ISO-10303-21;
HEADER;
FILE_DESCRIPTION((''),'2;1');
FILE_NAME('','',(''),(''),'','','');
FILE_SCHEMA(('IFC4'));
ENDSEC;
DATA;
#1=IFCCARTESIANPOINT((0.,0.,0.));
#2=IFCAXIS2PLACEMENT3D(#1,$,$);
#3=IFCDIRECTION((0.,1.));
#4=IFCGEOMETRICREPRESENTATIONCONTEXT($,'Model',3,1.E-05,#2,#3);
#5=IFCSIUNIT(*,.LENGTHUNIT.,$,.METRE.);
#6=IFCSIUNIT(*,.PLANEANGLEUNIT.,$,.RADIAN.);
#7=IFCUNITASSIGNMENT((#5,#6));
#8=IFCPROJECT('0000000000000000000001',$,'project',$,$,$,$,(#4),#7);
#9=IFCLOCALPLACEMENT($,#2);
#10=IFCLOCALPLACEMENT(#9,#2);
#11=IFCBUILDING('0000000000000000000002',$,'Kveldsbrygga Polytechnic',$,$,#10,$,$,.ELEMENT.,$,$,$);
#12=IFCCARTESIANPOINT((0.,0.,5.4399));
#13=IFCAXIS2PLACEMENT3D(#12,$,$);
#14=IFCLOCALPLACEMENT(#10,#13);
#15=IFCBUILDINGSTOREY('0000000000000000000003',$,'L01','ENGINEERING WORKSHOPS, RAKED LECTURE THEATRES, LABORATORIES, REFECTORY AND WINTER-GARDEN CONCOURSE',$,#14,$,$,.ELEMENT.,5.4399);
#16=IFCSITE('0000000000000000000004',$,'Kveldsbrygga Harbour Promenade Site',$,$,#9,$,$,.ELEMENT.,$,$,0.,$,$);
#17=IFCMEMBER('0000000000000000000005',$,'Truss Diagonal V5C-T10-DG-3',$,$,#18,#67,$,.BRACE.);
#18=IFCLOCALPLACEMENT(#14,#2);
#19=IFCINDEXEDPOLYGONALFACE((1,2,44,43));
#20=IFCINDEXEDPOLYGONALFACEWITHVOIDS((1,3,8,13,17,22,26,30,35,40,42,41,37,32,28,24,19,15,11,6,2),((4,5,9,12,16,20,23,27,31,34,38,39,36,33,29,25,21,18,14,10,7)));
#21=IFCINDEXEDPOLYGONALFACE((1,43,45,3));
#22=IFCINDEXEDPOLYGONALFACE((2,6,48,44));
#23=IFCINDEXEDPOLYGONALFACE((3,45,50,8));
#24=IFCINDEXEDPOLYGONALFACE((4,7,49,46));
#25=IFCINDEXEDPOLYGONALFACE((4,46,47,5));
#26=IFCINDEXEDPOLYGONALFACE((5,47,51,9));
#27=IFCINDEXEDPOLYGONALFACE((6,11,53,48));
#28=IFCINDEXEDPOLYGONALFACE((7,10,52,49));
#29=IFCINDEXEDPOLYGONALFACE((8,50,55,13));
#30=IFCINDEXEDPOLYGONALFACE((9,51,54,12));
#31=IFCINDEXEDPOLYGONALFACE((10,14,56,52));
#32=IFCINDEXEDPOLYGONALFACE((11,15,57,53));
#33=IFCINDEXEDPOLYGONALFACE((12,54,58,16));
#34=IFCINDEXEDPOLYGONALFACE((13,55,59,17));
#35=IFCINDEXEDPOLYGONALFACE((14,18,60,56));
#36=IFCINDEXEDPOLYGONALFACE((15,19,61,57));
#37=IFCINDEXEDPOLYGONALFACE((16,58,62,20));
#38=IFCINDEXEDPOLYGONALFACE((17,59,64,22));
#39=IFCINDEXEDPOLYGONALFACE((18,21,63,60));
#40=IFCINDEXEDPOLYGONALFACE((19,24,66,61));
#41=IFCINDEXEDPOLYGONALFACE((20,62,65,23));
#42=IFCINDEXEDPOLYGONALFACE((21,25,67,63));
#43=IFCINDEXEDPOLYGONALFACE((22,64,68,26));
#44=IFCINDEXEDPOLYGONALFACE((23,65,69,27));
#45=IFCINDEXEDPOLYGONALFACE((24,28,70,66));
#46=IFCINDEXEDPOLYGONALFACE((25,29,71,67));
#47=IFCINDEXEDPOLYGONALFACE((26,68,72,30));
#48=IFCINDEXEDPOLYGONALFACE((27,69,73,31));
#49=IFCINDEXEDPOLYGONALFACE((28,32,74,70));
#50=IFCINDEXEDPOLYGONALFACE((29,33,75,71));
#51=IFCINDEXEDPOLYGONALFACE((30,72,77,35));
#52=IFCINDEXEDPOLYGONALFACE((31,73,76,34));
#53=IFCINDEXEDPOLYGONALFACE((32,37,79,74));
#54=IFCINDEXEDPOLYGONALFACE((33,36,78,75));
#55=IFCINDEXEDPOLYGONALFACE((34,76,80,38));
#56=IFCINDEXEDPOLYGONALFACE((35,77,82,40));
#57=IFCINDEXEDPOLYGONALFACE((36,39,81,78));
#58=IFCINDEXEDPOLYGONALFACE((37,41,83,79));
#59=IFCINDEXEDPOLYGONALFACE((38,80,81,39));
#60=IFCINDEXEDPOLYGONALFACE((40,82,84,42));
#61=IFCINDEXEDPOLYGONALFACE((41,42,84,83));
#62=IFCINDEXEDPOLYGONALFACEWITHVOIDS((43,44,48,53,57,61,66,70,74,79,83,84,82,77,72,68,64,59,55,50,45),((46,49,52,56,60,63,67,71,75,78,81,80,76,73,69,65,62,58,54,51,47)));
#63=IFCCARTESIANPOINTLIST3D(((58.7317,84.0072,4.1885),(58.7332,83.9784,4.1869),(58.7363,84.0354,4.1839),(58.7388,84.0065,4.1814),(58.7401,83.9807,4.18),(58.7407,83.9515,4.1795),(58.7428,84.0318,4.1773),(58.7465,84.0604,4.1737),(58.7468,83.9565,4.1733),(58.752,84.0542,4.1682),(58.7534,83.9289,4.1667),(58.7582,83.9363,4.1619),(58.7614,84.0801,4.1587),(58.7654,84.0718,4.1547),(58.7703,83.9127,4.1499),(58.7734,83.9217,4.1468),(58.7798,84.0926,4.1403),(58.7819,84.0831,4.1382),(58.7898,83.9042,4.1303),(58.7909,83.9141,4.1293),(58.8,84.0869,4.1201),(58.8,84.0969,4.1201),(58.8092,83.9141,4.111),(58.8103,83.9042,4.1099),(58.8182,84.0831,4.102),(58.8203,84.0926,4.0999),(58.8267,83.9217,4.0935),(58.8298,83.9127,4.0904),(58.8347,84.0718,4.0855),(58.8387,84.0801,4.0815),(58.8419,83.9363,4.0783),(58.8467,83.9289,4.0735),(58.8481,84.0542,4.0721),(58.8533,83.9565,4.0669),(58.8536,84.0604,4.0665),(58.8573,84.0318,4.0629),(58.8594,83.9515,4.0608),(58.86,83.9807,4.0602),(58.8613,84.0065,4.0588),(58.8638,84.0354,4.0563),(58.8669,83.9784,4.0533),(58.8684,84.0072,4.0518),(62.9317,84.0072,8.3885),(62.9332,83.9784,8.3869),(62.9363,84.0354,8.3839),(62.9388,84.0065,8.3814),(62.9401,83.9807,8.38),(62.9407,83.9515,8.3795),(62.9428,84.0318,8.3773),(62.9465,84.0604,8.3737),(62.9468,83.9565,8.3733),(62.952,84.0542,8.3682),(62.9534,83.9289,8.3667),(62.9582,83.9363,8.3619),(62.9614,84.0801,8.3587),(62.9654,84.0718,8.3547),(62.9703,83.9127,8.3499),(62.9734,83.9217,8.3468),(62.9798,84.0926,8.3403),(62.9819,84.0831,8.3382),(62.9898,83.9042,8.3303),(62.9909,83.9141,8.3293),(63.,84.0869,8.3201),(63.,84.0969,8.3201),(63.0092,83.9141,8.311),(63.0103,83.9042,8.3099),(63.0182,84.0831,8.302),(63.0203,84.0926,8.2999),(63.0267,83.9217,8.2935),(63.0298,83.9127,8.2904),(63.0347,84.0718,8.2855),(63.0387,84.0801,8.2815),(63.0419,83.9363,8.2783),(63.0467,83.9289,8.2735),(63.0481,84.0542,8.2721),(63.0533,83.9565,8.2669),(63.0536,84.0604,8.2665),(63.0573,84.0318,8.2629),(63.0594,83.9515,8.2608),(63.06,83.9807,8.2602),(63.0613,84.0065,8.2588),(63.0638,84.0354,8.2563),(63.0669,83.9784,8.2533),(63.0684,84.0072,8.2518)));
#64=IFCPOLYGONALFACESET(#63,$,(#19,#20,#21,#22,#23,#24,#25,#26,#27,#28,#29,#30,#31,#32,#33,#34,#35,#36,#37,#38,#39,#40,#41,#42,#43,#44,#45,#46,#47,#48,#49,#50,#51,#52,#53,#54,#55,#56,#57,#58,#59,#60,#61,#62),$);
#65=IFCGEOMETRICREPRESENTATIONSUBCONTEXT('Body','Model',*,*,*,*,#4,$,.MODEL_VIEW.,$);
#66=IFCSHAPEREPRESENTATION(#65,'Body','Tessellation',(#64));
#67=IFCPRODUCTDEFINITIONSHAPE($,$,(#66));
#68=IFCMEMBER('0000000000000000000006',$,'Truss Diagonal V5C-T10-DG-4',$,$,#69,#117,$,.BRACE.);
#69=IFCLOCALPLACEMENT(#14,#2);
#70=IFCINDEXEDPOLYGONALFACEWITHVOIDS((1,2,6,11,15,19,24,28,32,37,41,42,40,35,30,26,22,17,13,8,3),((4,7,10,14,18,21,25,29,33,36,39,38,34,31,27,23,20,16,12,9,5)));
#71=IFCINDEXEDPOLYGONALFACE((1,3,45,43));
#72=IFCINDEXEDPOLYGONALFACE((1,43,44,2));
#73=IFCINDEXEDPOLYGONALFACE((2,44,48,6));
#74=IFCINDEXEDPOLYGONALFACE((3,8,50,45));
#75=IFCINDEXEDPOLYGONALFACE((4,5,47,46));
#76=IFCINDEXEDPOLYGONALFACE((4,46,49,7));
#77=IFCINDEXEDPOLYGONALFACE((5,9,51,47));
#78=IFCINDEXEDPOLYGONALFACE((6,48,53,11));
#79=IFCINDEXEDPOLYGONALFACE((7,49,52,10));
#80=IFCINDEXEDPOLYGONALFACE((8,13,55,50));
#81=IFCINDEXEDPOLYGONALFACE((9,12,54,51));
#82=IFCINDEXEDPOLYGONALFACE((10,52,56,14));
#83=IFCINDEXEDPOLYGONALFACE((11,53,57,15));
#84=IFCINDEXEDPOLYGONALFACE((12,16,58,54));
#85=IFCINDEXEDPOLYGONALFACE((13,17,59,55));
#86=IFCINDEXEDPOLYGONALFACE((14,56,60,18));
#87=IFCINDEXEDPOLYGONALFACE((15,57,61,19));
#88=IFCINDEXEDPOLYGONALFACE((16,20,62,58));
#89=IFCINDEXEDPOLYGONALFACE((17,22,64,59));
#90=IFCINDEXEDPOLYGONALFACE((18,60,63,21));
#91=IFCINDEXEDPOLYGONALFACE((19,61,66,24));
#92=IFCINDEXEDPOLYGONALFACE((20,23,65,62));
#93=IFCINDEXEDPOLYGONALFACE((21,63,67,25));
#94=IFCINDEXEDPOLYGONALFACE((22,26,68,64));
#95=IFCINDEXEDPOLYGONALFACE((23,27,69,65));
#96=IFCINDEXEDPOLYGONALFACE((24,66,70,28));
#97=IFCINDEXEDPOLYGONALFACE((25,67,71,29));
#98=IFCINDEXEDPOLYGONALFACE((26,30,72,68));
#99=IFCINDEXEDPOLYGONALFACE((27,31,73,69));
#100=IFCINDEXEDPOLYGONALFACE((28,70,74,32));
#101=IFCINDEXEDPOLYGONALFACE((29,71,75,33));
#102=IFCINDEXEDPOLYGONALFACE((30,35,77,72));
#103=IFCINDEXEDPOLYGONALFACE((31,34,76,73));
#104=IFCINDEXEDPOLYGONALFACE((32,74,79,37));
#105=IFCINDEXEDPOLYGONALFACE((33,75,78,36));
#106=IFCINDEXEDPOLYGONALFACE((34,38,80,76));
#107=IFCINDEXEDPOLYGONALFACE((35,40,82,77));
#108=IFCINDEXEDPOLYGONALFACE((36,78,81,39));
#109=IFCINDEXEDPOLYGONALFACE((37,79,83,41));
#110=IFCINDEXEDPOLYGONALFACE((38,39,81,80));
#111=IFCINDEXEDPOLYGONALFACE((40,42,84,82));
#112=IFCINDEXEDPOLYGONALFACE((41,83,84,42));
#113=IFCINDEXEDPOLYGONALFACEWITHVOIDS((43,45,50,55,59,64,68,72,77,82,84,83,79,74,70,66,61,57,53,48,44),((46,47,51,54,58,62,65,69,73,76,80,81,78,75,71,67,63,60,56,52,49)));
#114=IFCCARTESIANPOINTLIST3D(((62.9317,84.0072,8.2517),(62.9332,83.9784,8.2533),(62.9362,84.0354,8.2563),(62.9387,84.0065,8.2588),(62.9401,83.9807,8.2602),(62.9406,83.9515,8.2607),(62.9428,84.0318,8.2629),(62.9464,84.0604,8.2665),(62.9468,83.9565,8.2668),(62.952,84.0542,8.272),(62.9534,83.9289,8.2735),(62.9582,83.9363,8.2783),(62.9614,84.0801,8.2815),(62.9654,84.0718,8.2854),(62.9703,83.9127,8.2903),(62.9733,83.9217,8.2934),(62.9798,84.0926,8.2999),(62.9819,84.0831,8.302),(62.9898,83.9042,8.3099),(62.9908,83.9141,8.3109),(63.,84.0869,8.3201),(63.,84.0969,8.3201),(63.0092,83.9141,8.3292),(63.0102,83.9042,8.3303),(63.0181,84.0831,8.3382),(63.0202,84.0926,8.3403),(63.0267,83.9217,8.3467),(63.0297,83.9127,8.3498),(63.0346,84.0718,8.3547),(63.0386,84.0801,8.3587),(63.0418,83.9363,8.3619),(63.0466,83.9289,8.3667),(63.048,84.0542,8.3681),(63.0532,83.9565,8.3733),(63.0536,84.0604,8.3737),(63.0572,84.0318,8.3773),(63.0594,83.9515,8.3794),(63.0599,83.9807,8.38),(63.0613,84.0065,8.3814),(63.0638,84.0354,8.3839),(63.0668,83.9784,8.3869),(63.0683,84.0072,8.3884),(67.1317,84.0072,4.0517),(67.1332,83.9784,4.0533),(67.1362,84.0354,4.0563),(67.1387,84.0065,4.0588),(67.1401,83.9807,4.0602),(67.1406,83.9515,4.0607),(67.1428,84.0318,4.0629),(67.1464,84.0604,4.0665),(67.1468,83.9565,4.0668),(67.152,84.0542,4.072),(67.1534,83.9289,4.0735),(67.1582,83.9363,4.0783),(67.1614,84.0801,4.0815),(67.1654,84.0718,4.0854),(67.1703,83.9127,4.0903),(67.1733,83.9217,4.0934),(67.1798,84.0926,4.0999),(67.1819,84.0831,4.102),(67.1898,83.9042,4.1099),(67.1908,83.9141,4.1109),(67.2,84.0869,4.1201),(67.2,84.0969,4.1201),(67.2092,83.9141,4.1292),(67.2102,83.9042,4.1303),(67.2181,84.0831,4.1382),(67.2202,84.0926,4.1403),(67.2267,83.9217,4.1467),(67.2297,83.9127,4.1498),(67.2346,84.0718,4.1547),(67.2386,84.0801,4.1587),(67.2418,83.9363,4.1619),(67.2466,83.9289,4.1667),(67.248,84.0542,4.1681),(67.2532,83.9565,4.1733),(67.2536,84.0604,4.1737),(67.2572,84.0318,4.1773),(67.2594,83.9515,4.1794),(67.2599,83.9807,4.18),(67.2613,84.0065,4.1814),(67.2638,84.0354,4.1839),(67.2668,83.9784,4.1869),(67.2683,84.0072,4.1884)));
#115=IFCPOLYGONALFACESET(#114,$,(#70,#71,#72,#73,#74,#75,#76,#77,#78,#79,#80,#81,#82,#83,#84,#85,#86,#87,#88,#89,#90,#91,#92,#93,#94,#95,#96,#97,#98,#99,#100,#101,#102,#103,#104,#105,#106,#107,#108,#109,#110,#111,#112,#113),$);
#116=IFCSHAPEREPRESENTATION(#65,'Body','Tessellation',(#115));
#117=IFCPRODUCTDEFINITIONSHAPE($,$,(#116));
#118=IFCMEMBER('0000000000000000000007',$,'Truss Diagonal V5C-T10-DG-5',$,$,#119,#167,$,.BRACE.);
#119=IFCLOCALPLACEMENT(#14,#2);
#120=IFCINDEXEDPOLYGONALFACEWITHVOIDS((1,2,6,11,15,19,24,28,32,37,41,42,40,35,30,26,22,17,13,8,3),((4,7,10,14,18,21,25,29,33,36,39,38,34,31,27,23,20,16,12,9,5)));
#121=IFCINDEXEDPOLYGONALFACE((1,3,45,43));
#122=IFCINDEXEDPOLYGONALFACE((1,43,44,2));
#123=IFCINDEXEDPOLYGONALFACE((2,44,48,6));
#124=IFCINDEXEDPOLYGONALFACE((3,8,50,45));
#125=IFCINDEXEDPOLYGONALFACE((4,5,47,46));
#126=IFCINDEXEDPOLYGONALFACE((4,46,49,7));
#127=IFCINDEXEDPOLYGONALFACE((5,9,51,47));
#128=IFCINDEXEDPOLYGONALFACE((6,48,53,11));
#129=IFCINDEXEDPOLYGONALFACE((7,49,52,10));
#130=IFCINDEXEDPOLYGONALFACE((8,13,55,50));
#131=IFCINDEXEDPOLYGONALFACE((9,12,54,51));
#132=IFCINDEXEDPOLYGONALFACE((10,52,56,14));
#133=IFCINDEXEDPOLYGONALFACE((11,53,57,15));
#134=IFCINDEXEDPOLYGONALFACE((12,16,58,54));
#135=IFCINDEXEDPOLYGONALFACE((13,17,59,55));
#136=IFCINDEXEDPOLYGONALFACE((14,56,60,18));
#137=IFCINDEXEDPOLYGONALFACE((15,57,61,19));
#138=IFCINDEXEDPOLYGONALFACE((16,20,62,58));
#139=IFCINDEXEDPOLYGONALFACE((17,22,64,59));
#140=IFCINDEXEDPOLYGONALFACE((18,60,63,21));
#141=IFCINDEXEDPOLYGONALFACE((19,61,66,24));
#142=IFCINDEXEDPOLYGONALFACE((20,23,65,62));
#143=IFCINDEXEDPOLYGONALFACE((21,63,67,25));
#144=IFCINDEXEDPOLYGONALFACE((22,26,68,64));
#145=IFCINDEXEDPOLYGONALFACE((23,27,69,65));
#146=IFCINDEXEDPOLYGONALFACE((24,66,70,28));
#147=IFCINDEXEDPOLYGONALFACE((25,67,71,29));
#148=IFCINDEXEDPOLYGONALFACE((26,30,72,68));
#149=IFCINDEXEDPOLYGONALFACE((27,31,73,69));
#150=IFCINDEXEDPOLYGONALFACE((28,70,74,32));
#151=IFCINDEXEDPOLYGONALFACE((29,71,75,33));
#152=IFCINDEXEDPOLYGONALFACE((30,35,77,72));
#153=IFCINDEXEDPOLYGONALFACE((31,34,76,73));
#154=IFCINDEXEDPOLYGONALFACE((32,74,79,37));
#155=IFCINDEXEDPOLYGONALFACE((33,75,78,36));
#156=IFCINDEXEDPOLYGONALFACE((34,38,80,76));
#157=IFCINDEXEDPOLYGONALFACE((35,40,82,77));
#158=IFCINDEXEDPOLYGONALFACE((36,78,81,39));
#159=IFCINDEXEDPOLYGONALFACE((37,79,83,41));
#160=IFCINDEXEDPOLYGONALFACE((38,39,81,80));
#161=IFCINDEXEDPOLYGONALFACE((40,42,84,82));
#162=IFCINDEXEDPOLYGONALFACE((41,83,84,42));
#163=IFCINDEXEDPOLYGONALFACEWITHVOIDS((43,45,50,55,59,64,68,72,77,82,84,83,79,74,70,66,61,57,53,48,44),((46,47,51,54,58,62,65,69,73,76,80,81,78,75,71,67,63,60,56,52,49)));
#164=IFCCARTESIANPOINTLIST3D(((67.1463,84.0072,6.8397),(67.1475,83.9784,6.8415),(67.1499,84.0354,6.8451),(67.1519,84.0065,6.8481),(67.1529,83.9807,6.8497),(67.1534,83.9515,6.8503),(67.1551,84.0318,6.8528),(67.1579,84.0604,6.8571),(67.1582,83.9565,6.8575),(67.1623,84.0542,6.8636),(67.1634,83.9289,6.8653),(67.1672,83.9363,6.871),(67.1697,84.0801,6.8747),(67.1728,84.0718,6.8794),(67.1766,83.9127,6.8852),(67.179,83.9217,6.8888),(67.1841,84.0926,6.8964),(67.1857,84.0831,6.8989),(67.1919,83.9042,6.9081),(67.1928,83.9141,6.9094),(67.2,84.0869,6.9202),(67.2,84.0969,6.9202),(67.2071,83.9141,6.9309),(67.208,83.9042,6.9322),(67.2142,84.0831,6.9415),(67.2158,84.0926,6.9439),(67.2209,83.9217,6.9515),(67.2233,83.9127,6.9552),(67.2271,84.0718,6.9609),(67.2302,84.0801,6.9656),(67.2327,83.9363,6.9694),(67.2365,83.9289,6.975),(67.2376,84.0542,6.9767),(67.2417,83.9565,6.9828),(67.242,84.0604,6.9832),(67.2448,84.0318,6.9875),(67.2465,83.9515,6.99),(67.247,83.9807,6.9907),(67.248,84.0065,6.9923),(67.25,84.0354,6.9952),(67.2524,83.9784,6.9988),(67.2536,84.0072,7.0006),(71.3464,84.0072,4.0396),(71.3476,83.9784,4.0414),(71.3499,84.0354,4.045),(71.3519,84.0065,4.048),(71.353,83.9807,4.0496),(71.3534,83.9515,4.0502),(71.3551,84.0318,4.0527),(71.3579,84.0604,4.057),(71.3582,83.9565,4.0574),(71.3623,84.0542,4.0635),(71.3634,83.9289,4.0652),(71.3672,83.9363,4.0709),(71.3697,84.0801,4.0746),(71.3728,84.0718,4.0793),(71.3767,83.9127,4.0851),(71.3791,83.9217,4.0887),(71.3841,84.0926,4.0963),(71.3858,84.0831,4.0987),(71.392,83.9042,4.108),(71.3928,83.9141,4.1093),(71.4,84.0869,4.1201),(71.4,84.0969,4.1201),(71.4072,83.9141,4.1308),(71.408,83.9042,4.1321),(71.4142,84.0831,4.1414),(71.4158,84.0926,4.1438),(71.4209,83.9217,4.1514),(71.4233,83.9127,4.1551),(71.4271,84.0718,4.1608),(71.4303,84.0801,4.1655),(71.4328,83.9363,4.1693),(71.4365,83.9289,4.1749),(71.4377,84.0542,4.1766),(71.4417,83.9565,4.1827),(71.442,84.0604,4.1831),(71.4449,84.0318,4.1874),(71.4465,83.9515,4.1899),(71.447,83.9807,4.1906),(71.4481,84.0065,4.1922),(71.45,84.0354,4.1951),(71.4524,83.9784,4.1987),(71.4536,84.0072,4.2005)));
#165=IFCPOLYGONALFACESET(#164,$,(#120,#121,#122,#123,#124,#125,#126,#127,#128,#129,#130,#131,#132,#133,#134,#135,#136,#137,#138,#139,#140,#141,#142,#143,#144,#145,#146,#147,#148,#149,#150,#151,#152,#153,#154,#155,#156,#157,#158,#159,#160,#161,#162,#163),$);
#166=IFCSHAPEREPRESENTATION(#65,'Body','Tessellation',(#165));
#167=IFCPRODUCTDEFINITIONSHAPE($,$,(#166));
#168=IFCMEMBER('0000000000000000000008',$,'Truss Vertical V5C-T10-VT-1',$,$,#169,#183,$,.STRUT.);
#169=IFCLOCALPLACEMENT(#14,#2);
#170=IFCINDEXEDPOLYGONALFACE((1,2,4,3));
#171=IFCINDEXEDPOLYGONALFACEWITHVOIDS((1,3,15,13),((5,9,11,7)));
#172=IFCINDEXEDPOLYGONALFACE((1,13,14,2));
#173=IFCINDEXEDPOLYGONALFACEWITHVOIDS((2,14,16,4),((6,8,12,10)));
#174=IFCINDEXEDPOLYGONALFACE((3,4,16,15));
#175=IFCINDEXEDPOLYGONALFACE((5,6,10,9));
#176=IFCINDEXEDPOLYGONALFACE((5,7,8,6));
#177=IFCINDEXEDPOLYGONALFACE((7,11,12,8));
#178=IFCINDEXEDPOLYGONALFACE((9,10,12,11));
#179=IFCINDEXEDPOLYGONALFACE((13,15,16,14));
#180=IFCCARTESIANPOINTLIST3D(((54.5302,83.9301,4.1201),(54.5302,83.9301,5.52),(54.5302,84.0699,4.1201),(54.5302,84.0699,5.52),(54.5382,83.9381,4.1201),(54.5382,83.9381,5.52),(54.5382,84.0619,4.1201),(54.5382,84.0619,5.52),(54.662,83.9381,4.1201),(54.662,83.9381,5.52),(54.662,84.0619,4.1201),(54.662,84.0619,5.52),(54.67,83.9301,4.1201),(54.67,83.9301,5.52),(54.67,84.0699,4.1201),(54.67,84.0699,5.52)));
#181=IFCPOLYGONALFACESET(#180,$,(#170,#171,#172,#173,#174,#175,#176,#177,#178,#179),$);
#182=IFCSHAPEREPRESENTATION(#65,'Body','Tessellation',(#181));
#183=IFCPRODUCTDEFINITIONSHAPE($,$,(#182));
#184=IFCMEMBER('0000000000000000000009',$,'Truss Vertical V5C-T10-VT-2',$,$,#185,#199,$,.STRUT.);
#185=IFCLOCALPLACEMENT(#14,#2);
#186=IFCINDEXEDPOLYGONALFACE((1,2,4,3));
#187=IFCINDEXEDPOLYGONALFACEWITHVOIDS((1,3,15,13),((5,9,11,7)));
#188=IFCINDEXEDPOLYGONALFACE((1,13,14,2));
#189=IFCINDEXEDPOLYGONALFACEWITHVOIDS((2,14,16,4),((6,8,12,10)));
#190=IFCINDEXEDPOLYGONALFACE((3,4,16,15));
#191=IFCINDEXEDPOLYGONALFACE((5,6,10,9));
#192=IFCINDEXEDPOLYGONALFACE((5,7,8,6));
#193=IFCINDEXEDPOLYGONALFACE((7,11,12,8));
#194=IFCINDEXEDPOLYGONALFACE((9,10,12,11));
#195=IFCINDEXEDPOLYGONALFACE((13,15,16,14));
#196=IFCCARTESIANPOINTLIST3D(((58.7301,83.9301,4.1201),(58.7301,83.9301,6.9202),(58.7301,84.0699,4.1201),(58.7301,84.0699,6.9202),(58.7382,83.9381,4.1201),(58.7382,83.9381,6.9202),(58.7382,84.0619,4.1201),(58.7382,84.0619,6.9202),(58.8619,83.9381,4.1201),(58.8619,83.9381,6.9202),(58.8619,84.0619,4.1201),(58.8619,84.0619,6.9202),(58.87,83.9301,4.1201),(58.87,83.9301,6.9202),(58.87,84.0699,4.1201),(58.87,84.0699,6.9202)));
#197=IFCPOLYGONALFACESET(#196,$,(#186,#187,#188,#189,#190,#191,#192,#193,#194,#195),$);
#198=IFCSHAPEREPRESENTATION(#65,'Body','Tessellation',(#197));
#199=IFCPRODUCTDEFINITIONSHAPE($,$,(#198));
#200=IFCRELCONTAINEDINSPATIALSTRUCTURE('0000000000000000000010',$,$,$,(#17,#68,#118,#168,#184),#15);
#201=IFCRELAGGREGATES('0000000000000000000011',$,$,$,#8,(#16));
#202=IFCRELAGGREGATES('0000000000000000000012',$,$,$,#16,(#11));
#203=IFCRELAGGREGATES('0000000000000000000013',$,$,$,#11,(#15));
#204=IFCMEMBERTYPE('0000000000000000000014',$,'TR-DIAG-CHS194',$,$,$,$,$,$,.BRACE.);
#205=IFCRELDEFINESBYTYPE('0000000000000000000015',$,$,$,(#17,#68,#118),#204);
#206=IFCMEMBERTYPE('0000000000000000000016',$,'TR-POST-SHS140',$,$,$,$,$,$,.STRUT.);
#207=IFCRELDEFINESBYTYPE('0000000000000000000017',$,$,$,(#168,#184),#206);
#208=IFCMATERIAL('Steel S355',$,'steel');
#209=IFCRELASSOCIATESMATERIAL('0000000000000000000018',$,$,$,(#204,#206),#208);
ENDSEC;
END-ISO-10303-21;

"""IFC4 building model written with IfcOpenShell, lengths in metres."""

from ifc_helpers import new_model, si_unit, direction, frame, origin, origin_2d, place, context, subcontext, project, spatial, hollow_rectangle, hollow_circle, extrude, material, material_profile, profile_set, type_object, element, save


model = new_model("IFC4")

# Units and contexts
model_context = context("Model", 3, precision=1e-05, world=origin(), true_north=direction((0.0, 1.0)))
body_context = subcontext(model_context, "Body", "Model", "MODEL_VIEW")
ifc_project = project(units=[si_unit("LENGTHUNIT", "METRE"), si_unit("PLANEANGLEUNIT", "RADIAN")], contexts=[model_context])

# Site, building, storey
site_placement = place(None, origin())
site = spatial("IfcSite", under=ifc_project, at=site_placement, Name="Kveldsbrygga Harbour Promenade Site", CompositionType="ELEMENT", RefElevation=0.0)
building_placement = place(site_placement, origin())
building = spatial("IfcBuilding", under=site, at=building_placement, Name="Kveldsbrygga Polytechnic", CompositionType="ELEMENT")
storey_placement = place(building_placement, frame((0.0, 0.0, 5.4399)))
storey = spatial("IfcBuildingStorey", under=building, at=storey_placement, Name="L01", Description="ENGINEERING WORKSHOPS, RAKED LECTURE THEATRES, LABORATORIES, REFECTORY AND WINTER-GARDEN CONCOURSE", CompositionType="ELEMENT", Elevation=5.4399)

# Shared definitions
ifc_material_1 = material(Name="Steel S355", Category="steel")

# Members
ifc_material_profile_1 = material_profile(ifc_material_1, hollow_circle(Radius=0.0969, WallThickness=0.01, at=origin_2d()), Name="CHS 193.7x10.0")
ifc_profile_set_1 = profile_set([ifc_material_profile_1], Name="Steel S355")
member_type_1 = type_object("IfcMemberType", Name="TR-DIAG-CHS194", PredefinedType="BRACE", material=ifc_profile_set_1)
for number, where, z_axis, x_axis, name in (
    (1, (58.8, 84.0, 4.1201), (0.707107, 0.0, 0.707107), (0.0, 1.0, 0.0), "Truss Diagonal V5C-T10-DG-3"),
    (2, (63.0, 84.0, 8.3201), (0.707107, 0.0, -0.707107), (0.0, 1.0, 0.0), "Truss Diagonal V5C-T10-DG-4"),
):
    element("IfcMember", number, at=place(storey_placement, frame(where, z_axis=z_axis, x_axis=x_axis)), inside=storey, type_object=member_type_1, Name=name, PredefinedType="BRACE", context=body_context, shape_type="SweptSolid", body=[
        extrude(hollow_circle(Radius=0.0969, WallThickness=0.01, at=origin_2d()), origin(), (0.0, 0.0, 1.0), 5.9397),
    ])
member_1_placement = place(storey_placement, frame((67.2, 84.0, 6.9202), z_axis=(0.832043, 0.0, -0.554711), x_axis=(0.0, 1.0, 0.0)))
element("IfcMember", 3, at=member_1_placement, inside=storey, type_object=member_type_1, Name="Truss Diagonal V5C-T10-DG-5", PredefinedType="BRACE", context=body_context, shape_type="SweptSolid", body=[
    extrude(hollow_circle(Radius=0.0969, WallThickness=0.01, at=origin_2d()), origin(), (0.0, 0.0, 1.0), 5.0479),
])
ifc_material_profile_2 = material_profile(ifc_material_1, hollow_rectangle(XDim=0.1399, YDim=0.1399, WallThickness=0.0081, at=origin_2d()), Name="SHS 140x140x8.0")
ifc_profile_set_2 = profile_set([ifc_material_profile_2], Name="Steel S355")
member_type_2 = type_object("IfcMemberType", Name="TR-POST-SHS140", PredefinedType="STRUT", material=ifc_profile_set_2)
member_2_placement = place(storey_placement, frame((54.6001, 84.0, 4.1201), z_axis=(0.0, 0.0, 1.0), x_axis=(1.0, 0.0, 0.0)))
element("IfcMember", 4, at=member_2_placement, inside=storey, type_object=member_type_2, Name="Truss Vertical V5C-T10-VT-1", PredefinedType="STRUT", context=body_context, shape_type="SweptSolid", body=[
    extrude(hollow_rectangle(XDim=0.1399, YDim=0.1399, WallThickness=0.0081, at=origin_2d()), origin(), (0.0, 0.0, 1.0), 1.3999),
])
member_3_placement = place(storey_placement, frame((58.8, 84.0, 4.1201), z_axis=(0.0, 0.0, 1.0), x_axis=(1.0, 0.0, 0.0)))
element("IfcMember", 5, at=member_3_placement, inside=storey, type_object=member_type_2, Name="Truss Vertical V5C-T10-VT-2", PredefinedType="STRUT", context=body_context, shape_type="SweptSolid", body=[
    extrude(hollow_rectangle(XDim=0.1399, YDim=0.1399, WallThickness=0.0081, at=origin_2d()), origin(), (0.0, 0.0, 1.0), 2.8),
])

save(model, "model.ifc")
